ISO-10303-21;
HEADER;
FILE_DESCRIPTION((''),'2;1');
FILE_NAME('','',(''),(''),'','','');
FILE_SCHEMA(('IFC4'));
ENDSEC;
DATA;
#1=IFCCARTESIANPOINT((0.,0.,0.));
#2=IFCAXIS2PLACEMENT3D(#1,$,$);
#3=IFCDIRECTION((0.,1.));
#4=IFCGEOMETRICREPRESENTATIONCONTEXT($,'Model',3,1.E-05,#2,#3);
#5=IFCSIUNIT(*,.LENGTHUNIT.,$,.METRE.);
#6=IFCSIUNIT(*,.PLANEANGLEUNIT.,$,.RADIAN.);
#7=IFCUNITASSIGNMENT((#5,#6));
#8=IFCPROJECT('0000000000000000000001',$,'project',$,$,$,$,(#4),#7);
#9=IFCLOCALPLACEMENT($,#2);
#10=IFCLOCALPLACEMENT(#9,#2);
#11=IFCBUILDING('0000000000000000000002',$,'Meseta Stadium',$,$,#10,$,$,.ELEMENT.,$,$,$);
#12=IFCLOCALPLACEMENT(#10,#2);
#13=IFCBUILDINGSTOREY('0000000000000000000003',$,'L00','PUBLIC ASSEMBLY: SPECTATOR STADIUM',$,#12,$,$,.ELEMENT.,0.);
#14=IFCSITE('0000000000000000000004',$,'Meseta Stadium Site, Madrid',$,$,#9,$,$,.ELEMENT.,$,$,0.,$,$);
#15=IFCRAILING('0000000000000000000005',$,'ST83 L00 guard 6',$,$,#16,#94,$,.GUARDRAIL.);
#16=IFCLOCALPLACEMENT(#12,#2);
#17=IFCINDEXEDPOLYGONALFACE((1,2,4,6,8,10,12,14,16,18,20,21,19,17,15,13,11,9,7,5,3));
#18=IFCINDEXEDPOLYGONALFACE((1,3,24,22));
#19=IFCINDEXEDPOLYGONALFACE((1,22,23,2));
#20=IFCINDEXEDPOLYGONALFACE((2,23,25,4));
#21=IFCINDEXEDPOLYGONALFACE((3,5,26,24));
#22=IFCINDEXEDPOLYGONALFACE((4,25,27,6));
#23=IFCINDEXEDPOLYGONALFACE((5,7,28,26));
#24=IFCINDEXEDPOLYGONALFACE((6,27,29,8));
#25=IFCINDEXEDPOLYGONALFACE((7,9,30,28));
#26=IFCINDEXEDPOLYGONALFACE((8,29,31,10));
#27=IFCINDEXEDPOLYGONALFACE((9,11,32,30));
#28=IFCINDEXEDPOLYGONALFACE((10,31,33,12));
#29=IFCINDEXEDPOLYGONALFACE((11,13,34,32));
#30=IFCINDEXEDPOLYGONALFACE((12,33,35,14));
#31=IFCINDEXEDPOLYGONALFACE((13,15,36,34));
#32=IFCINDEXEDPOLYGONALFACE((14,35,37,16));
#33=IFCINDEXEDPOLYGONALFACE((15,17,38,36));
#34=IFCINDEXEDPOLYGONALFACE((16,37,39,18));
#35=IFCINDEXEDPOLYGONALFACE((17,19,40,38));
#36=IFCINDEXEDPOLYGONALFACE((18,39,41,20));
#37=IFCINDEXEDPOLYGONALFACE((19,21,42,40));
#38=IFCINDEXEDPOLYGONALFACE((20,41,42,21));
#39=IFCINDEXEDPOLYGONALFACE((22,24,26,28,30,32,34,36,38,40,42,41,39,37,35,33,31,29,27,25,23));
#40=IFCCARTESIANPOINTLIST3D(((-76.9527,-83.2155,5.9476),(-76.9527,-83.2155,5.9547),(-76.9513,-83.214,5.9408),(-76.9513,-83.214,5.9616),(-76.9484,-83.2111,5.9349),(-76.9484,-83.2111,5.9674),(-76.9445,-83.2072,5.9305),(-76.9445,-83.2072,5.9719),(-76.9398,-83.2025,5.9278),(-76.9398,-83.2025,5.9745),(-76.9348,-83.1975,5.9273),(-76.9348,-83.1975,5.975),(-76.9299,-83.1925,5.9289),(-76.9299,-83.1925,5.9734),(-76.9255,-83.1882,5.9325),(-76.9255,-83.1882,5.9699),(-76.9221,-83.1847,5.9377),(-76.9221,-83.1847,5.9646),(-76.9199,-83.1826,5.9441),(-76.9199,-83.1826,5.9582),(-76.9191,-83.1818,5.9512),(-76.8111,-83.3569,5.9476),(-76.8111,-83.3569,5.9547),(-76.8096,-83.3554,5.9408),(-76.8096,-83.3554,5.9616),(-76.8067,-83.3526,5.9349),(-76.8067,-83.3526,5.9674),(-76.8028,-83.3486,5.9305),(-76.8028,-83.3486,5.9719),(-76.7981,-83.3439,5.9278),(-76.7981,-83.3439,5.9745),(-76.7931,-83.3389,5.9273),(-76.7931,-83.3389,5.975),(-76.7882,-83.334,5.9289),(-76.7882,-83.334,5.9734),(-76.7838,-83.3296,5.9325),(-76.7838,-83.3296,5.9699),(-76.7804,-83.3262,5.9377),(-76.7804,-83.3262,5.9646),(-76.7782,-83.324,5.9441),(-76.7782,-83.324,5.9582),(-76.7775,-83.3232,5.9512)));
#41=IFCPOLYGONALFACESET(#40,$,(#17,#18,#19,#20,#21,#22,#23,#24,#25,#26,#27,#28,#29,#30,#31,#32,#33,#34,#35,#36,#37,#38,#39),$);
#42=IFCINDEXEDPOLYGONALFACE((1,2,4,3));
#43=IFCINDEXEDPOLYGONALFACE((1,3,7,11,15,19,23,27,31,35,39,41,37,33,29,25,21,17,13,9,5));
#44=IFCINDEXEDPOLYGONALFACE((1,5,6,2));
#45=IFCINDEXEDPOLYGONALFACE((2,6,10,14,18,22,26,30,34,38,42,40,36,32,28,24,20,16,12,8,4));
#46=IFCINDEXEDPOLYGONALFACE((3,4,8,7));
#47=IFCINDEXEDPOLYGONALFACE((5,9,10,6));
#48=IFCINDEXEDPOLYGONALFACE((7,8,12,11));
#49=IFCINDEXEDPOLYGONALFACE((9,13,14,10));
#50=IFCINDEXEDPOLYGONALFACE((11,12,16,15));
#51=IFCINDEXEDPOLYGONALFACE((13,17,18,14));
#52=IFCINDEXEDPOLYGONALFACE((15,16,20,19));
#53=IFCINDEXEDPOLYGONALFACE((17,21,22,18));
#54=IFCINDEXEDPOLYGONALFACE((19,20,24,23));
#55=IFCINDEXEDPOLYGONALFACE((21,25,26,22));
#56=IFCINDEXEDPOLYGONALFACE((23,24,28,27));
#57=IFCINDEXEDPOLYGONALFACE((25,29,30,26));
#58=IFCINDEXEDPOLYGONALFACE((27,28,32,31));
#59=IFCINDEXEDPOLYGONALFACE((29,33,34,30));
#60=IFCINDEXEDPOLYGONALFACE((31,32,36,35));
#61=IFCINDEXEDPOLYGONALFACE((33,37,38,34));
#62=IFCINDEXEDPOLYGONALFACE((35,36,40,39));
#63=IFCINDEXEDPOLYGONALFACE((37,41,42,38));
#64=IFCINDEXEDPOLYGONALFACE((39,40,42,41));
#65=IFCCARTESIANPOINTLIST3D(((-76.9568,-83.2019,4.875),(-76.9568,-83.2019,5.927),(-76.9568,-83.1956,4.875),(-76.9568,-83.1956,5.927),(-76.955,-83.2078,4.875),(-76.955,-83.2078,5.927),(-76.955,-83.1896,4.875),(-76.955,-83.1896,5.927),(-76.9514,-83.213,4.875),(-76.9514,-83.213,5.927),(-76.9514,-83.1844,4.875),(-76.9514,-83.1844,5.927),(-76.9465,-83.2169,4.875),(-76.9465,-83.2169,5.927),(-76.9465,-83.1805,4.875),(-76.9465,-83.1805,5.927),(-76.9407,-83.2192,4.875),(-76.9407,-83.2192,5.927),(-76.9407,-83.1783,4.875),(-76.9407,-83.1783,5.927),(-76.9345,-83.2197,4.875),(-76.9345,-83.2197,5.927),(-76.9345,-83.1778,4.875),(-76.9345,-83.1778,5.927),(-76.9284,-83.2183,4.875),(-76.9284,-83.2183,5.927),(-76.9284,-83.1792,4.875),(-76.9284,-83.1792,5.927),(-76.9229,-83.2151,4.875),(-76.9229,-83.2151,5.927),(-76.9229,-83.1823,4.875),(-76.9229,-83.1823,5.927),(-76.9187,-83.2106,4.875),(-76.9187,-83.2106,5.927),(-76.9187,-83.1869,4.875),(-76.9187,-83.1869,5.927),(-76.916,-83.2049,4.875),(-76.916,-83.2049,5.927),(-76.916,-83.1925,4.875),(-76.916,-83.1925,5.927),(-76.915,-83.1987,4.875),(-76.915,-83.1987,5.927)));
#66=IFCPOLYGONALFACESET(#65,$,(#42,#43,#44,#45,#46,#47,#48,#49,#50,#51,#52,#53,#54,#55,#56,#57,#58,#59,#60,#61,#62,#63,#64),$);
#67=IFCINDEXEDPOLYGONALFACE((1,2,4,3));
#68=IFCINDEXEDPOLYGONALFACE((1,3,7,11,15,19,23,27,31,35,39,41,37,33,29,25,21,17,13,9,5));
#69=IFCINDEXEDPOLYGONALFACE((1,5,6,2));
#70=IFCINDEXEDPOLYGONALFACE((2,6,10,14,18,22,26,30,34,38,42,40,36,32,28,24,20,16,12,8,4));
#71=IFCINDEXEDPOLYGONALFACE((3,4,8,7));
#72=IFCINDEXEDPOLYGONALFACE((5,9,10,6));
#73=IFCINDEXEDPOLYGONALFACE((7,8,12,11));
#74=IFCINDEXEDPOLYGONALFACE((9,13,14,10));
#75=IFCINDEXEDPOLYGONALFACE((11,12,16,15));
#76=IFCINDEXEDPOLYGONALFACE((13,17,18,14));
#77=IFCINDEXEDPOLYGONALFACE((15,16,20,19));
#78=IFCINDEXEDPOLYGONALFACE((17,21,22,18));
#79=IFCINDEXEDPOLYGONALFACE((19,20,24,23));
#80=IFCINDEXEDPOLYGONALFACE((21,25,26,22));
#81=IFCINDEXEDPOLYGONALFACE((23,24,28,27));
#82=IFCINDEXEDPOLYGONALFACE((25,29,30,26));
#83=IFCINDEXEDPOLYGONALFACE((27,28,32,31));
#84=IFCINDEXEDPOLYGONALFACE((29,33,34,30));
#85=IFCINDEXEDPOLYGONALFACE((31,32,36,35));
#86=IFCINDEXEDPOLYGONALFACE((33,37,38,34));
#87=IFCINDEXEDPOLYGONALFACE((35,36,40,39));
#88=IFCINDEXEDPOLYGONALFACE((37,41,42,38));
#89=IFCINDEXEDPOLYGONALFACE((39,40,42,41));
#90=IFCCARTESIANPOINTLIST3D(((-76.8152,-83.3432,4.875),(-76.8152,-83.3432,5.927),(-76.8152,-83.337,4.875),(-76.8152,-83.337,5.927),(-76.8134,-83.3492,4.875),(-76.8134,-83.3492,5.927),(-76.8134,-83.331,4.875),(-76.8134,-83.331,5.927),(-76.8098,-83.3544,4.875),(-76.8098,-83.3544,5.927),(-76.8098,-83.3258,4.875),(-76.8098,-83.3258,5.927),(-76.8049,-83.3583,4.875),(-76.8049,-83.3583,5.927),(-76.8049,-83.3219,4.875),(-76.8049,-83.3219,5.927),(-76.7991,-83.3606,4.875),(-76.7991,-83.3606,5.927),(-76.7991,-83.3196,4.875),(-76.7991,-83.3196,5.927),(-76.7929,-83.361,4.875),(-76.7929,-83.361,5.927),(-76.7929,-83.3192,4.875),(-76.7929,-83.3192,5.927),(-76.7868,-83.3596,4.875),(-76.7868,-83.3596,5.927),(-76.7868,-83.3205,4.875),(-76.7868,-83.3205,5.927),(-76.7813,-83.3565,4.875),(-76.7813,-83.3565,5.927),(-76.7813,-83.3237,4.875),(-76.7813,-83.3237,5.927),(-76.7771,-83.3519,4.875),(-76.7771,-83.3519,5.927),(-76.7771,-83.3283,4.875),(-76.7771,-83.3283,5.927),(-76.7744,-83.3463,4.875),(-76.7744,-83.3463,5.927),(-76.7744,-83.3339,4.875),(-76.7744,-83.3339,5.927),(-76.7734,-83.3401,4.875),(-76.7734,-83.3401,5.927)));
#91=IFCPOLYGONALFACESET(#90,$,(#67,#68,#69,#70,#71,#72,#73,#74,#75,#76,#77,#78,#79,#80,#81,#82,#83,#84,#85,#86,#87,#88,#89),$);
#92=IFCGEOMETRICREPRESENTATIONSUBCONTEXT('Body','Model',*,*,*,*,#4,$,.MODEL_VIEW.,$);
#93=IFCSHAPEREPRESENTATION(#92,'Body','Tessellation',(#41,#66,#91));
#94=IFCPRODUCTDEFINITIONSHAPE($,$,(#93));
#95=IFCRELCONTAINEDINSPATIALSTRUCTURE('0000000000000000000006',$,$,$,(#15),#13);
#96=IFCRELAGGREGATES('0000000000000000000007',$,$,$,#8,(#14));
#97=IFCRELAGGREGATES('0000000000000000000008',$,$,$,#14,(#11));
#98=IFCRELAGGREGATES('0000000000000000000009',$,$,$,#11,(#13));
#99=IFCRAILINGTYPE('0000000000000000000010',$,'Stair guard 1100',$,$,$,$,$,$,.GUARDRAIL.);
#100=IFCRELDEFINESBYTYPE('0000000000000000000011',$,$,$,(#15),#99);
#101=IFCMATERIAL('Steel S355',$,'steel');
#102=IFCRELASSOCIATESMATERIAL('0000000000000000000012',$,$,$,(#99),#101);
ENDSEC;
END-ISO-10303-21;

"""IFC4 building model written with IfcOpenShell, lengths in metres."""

from ifc_helpers import new_model, si_unit, direction, frame, origin, origin_2d, place, context, subcontext, project, spatial, circle, extrude, material, type_object, element, save


model = new_model("IFC4")

# Units and contexts
model_context = context("Model", 3, precision=1e-05, world=origin(), true_north=direction((0.0, 1.0)))
body_context = subcontext(model_context, "Body", "Model", "MODEL_VIEW")
ifc_project = project(units=[si_unit("LENGTHUNIT", "METRE"), si_unit("PLANEANGLEUNIT", "RADIAN")], contexts=[model_context])

# Site, building, storey
site_placement = place(None, origin())
site = spatial("IfcSite", under=ifc_project, at=site_placement, Name="Meseta Stadium Site, Madrid", CompositionType="ELEMENT", RefElevation=0.0)
building_placement = place(site_placement, origin())
building = spatial("IfcBuilding", under=site, at=building_placement, Name="Meseta Stadium", CompositionType="ELEMENT")
storey_placement = place(building_placement, origin())
storey = spatial("IfcBuildingStorey", under=building, at=storey_placement, Name="L00", Description="PUBLIC ASSEMBLY: SPECTATOR STADIUM", CompositionType="ELEMENT", Elevation=0.0)

# Railing
ifc_material_1 = material(Name="Steel S355", Category="steel")
railing_type_1 = type_object("IfcRailingType", Name="Stair guard 1100", PredefinedType="GUARDRAIL", material=ifc_material_1)
railing_1_placement = place(storey_placement, frame((-76.936, -83.1987, 4.875)))
element("IfcRailing", 1, at=railing_1_placement, inside=storey, type_object=railing_type_1, Name="ST83 L00 guard 6", PredefinedType="GUARDRAIL", context=body_context, shape_type="SweptSolid", body=[
    extrude(circle(Radius=0.0239, at=origin_2d()), frame((0.0, 0.0, 1.0762), z_axis=(0.707717, -0.706496, 0.0), x_axis=(0.706496, 0.707717, 0.0)), (0.0, 0.0, 1.0), 0.2002),
    extrude(circle(Radius=0.021, at=origin_2d()), origin(), (0.0, 0.0, 1.0), 1.052),
    extrude(circle(Radius=0.021, at=origin_2d()), frame((0.1416, -0.1414, 0.0)), (0.0, 0.0, 1.0), 1.052),
])

save(model, "model.ifc")
